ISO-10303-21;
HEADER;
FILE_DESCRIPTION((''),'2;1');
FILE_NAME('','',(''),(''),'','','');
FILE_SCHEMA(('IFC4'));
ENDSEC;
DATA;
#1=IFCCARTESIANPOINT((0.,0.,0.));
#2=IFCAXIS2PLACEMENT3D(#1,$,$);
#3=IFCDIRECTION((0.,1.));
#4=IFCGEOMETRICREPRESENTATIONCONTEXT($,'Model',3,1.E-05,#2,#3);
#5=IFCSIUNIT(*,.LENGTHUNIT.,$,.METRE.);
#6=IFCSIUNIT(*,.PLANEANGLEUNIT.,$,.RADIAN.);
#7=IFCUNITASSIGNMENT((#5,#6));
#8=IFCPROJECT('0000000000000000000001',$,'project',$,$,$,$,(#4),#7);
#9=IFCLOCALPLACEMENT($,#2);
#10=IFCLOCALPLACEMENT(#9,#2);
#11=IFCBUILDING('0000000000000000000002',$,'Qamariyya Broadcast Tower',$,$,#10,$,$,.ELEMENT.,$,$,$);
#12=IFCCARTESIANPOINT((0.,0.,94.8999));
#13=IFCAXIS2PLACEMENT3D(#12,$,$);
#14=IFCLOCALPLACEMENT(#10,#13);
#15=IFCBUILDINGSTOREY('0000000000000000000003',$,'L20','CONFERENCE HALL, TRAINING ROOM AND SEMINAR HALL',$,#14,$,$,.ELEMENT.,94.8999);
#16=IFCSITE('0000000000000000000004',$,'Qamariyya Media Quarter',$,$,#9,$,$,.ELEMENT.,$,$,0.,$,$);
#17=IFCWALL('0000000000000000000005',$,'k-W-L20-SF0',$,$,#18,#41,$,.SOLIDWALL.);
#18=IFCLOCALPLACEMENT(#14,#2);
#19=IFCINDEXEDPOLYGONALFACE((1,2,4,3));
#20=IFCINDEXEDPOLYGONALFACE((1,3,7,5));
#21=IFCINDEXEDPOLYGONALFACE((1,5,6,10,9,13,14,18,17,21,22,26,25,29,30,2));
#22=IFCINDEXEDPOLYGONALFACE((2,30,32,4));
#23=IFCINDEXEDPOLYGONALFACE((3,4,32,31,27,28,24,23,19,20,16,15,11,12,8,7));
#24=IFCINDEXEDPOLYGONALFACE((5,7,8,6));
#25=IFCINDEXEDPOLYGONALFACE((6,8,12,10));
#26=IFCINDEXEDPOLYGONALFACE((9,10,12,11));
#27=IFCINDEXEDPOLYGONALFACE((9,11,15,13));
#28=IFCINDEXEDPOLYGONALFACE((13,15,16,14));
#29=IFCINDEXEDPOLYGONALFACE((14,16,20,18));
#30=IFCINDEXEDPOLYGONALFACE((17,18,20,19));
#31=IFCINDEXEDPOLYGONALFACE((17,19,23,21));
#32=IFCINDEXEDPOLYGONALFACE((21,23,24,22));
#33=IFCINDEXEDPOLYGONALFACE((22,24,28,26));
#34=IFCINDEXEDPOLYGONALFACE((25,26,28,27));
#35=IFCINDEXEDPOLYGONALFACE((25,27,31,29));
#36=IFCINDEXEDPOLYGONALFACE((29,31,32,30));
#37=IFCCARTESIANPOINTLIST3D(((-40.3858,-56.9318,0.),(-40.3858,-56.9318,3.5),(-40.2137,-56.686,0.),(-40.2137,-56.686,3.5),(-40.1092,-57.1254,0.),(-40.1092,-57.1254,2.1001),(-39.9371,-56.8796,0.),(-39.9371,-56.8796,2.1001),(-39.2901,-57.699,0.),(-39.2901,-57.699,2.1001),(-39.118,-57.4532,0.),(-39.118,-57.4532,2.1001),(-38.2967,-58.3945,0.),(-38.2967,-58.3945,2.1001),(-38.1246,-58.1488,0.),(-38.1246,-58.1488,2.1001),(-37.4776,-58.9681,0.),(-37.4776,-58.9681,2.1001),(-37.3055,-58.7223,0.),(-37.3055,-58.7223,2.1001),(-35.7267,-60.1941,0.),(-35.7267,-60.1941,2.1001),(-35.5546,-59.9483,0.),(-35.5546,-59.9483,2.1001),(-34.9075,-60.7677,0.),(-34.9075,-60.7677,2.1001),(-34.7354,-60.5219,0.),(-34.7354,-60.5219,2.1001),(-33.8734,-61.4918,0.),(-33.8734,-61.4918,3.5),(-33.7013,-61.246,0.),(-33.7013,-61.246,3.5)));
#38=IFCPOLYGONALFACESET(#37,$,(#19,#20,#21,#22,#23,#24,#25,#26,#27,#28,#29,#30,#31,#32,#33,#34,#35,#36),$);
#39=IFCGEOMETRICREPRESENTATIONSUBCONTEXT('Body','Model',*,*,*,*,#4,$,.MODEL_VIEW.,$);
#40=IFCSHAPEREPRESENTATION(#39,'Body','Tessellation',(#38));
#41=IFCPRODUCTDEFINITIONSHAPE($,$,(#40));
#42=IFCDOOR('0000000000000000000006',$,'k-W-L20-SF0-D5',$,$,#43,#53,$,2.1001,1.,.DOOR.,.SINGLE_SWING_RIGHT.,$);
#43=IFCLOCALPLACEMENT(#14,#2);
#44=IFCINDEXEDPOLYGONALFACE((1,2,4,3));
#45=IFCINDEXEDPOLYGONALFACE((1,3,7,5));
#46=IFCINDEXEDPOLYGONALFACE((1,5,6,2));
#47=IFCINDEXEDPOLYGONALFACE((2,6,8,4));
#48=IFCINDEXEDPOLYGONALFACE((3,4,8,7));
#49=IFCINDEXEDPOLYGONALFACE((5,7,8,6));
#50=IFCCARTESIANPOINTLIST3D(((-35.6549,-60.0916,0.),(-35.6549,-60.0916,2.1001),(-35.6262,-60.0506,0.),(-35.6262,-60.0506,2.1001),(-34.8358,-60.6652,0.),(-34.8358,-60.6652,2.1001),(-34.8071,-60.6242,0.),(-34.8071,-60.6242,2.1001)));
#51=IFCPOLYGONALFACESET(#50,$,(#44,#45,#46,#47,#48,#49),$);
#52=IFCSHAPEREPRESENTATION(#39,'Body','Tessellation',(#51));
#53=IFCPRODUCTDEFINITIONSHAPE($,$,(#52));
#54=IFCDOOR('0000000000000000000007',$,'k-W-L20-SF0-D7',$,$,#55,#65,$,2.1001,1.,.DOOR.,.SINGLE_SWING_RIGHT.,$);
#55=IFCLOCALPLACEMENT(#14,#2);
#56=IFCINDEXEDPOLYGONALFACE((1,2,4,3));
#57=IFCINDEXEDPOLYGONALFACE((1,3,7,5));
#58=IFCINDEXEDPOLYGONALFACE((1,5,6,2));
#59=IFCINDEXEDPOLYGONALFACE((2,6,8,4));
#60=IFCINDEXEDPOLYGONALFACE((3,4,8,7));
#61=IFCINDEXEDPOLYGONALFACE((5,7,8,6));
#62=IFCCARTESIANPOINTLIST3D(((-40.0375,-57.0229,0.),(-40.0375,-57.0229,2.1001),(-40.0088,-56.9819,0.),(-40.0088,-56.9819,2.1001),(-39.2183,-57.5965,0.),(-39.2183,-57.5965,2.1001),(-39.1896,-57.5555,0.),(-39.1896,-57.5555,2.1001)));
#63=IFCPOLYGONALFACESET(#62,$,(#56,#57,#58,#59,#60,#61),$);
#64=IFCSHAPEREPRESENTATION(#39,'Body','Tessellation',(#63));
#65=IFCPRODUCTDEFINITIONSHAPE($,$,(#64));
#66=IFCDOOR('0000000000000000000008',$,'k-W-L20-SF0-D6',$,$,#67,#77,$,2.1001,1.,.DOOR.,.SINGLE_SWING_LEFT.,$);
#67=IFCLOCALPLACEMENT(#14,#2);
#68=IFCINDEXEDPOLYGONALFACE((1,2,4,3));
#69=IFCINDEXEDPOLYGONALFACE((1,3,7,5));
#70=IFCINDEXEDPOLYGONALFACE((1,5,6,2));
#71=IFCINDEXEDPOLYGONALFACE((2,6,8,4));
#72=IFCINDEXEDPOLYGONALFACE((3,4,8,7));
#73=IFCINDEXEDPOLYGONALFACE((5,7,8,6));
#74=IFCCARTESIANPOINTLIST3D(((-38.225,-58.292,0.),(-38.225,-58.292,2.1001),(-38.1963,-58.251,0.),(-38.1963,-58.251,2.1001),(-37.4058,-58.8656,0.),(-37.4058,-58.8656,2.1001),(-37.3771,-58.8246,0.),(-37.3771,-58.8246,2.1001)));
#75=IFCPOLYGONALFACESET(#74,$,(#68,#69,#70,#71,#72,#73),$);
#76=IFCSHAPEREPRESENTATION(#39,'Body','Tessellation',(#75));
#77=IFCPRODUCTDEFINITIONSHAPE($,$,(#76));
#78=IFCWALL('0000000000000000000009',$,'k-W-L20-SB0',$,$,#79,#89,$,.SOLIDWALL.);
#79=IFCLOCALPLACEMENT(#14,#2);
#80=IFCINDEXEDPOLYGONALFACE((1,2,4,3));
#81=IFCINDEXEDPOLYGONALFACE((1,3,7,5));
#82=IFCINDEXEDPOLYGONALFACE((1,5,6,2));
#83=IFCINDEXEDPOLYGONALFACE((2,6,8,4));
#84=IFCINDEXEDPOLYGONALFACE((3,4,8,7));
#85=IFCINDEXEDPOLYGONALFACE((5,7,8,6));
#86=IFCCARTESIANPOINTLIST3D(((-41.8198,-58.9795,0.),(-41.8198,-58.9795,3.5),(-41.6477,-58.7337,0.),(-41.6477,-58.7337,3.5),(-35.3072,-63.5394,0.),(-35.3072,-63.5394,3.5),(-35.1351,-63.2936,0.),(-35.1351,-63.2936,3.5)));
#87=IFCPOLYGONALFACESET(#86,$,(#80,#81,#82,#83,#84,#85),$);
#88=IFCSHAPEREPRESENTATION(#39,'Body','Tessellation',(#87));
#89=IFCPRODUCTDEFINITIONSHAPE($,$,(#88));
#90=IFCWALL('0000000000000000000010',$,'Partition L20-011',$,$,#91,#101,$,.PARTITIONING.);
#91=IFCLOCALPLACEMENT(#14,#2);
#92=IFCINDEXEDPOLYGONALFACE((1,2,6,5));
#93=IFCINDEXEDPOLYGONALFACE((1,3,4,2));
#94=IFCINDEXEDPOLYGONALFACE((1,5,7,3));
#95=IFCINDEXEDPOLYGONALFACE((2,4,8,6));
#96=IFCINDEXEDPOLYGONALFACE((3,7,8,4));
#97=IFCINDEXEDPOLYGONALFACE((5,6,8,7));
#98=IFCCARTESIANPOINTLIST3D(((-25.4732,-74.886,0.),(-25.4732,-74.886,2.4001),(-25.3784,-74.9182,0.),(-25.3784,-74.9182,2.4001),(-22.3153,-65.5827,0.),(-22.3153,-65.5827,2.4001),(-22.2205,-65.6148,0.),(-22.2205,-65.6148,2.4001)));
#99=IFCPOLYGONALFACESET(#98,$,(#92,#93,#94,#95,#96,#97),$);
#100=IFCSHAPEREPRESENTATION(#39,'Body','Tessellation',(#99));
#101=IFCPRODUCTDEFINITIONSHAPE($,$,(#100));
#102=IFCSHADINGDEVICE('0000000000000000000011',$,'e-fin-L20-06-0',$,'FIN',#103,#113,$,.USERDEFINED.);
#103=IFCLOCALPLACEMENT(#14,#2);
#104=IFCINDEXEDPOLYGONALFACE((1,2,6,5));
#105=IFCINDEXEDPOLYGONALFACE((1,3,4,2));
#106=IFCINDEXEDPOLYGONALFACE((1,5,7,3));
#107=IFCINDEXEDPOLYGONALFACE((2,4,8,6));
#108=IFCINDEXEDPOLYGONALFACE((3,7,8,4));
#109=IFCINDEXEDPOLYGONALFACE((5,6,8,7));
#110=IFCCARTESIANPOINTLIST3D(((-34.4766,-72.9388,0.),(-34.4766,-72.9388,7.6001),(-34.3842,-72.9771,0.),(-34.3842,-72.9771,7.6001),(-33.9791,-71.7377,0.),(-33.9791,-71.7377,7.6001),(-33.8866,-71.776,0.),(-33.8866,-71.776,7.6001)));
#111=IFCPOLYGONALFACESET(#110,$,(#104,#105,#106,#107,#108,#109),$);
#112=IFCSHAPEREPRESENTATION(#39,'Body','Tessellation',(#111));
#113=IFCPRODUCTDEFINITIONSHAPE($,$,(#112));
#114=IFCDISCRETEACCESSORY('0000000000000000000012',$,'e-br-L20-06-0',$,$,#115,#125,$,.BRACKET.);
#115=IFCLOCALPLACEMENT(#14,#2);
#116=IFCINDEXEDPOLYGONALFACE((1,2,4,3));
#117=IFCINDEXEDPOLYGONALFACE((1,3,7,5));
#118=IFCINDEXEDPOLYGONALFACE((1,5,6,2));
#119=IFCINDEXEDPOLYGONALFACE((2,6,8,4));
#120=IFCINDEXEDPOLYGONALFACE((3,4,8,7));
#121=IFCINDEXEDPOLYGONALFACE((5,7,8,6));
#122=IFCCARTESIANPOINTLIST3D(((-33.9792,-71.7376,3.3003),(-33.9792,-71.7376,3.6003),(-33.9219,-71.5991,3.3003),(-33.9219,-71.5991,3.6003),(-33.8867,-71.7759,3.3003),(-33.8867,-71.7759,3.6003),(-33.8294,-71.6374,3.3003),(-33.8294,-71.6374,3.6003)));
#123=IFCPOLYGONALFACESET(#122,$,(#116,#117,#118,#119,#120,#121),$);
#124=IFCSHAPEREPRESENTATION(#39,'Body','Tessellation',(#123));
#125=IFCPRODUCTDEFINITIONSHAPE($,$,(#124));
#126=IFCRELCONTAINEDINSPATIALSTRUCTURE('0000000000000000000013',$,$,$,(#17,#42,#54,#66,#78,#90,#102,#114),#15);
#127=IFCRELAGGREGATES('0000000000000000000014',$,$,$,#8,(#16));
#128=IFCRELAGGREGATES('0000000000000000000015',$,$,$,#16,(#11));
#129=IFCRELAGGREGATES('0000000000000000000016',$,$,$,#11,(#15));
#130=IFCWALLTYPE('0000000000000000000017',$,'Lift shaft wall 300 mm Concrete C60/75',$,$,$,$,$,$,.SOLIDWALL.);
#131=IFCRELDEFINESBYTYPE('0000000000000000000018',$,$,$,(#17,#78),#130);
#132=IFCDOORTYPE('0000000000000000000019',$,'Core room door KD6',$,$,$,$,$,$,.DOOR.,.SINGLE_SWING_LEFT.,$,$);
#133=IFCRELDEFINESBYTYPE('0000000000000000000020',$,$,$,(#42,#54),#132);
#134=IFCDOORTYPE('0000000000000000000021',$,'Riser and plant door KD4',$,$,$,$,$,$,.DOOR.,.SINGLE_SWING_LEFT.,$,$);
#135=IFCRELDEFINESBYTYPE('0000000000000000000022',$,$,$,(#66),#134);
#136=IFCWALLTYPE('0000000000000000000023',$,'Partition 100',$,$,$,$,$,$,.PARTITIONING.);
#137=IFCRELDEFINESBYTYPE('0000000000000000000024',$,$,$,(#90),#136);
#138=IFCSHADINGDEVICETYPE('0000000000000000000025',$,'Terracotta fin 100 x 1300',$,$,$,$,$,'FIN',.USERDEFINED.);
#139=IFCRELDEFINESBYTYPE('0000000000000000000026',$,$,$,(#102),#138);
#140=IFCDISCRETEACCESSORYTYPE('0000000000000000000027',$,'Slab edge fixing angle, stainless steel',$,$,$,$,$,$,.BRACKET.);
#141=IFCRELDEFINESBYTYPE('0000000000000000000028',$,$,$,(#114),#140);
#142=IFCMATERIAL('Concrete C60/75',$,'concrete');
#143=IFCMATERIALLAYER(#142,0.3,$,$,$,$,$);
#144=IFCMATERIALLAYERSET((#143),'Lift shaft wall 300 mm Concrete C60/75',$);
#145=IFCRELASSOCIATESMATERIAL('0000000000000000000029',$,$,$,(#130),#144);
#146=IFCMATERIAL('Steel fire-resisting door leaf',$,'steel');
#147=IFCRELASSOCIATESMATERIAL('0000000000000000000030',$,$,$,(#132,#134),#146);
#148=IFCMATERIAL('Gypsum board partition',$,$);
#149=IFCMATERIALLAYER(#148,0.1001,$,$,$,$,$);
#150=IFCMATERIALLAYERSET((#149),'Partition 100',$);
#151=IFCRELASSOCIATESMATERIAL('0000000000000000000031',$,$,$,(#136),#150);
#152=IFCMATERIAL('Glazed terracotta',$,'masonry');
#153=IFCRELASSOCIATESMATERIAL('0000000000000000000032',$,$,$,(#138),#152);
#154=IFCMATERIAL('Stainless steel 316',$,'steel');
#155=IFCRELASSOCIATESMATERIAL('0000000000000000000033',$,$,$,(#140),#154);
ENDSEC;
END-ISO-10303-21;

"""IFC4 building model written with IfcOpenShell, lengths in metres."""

from ifc_helpers import new_model, si_unit, direction, frame, frame_2d, origin, origin_2d, place, context, subcontext, project, spatial, rectangle, extrude, material, layer, layer_set, material_profile, profile_set, type_object, element, fill, save


model = new_model("IFC4")

# Units and contexts
model_context = context("Model", 3, precision=1e-05, world=origin(), true_north=direction((0.0, 1.0)))
body_context = subcontext(model_context, "Body", "Model", "MODEL_VIEW")
ifc_project = project(units=[si_unit("LENGTHUNIT", "METRE"), si_unit("PLANEANGLEUNIT", "RADIAN")], contexts=[model_context])

# Site, building, storey
site_placement = place(None, origin())
site = spatial("IfcSite", under=ifc_project, at=site_placement, Name="Qamariyya Media Quarter", CompositionType="ELEMENT", RefElevation=0.0)
building_placement = place(site_placement, origin())
building = spatial("IfcBuilding", under=site, at=building_placement, Name="Qamariyya Broadcast Tower", CompositionType="ELEMENT")
storey_placement = place(building_placement, frame((0.0, 0.0, 94.8999)))
storey = spatial("IfcBuildingStorey", under=building, at=storey_placement, Name="L20", Description="CONFERENCE HALL, TRAINING ROOM AND SEMINAR HALL", CompositionType="ELEMENT", Elevation=94.8999)

# Shared definitions
ifc_material_1 = material(Name="Gypsum board partition")

# Shared definitions
ifc_material_2 = material(Name="Concrete C60/75", Category="concrete")
ifc_layer_1 = layer(ifc_material_2, 0.3)
ifc_layer_set_1 = layer_set([ifc_layer_1], Name="Lift shaft wall 300 mm Concrete C60/75")
wall_type_1 = type_object("IfcWallType", Name="Lift shaft wall 300 mm Concrete C60/75", PredefinedType="SOLIDWALL", material=ifc_layer_set_1)
ifc_material_3 = material(Name="Steel fire-resisting door leaf", Category="steel")

# Wall, openings, doors
wall_1_placement = place(storey_placement, frame((-33.7874, -61.3689, 0.0), z_axis=(0.0, 0.0, 1.0), x_axis=(-0.819153, 0.573576, 0.0)))
wall_1 = element("IfcWall", 1, at=wall_1_placement, inside=storey, type_object=wall_type_1, Name="k-W-L20-SF0", PredefinedType="SOLIDWALL", context=body_context, shape_type="SweptSolid", body=[
    extrude(rectangle(XDim=7.9502, YDim=0.3, at=frame_2d((3.9751, 0.0))), origin(), (0.0, 0.0, 1.0), 3.5),
])
opening_1_placement = place(wall_1_placement, frame((1.2625, 0.0, 0.0)))
opening_1 = element("IfcOpeningElement", 2, at=opening_1_placement, cuts=wall_1, PredefinedType="OPENING", context=body_context, shape_type="SweptSolid", body=[
    extrude(rectangle(XDim=1.0, YDim=2.1001, at=frame_2d((0.5, 1.05))), frame((0.0, 0.1599, 0.0), z_axis=(0.0, -1.0, 0.0), x_axis=(1.0, 0.0, 0.0)), (0.0, 0.0, 1.0), 0.3201),
])
opening_2_placement = place(wall_1_placement, frame((4.3999, 0.0, 0.0)))
opening_2 = element("IfcOpeningElement", 3, at=opening_2_placement, cuts=wall_1, PredefinedType="OPENING", context=body_context, shape_type="SweptSolid", body=[
    extrude(rectangle(XDim=1.0, YDim=2.1001, at=frame_2d((0.5, 1.05))), frame((0.0, 0.1599, 0.0), z_axis=(0.0, -1.0, 0.0), x_axis=(1.0, 0.0, 0.0)), (0.0, 0.0, 1.0), 0.3201),
])
opening_3_placement = place(wall_1_placement, frame((6.6125, 0.0, 0.0)))
opening_3 = element("IfcOpeningElement", 4, at=opening_3_placement, cuts=wall_1, PredefinedType="OPENING", context=body_context, shape_type="SweptSolid", body=[
    extrude(rectangle(XDim=1.0, YDim=2.1001, at=frame_2d((0.5, 1.05))), frame((0.0, 0.1599, 0.0), z_axis=(0.0, -1.0, 0.0), x_axis=(1.0, 0.0, 0.0)), (0.0, 0.0, 1.0), 0.3201),
])
door_type_1 = type_object("IfcDoorType", Name="Core room door KD6", OperationType="SINGLE_SWING_LEFT", PredefinedType="DOOR", material=ifc_material_3)
door_1_placement = place(opening_1_placement, origin())
door_1 = element("IfcDoor", 5, at=door_1_placement, inside=storey, type_object=door_type_1, Name="k-W-L20-SF0-D5", OperationType="SINGLE_SWING_RIGHT", OverallHeight=2.1001, OverallWidth=1.0, PredefinedType="DOOR", context=body_context, shape_type="SweptSolid", body=[
    extrude(rectangle(XDim=1.0, YDim=2.1001, at=frame_2d((0.5, 1.05))), frame((0.0, 0.0249, 0.0), z_axis=(0.0, -1.0, 0.0), x_axis=(1.0, 0.0, 0.0)), (0.0, 0.0, 1.0), 0.05),
])
fill(opening_1, door_1)
door_2_placement = place(opening_3_placement, origin())
door_2 = element("IfcDoor", 6, at=door_2_placement, inside=storey, type_object=door_type_1, Name="k-W-L20-SF0-D7", OperationType="SINGLE_SWING_RIGHT", OverallHeight=2.1001, OverallWidth=1.0, PredefinedType="DOOR", context=body_context, shape_type="SweptSolid", body=[
    extrude(rectangle(XDim=1.0, YDim=2.1001, at=frame_2d((0.5, 1.05))), frame((0.0, 0.0249, 0.0), z_axis=(0.0, -1.0, 0.0), x_axis=(1.0, 0.0, 0.0)), (0.0, 0.0, 1.0), 0.05),
])
fill(opening_3, door_2)
door_type_2 = type_object("IfcDoorType", Name="Riser and plant door KD4", OperationType="SINGLE_SWING_LEFT", PredefinedType="DOOR", material=ifc_material_3)
door_3_placement = place(opening_2_placement, origin())
door_3 = element("IfcDoor", 7, at=door_3_placement, inside=storey, type_object=door_type_2, Name="k-W-L20-SF0-D6", OperationType="SINGLE_SWING_LEFT", OverallHeight=2.1001, OverallWidth=1.0, PredefinedType="DOOR", context=body_context, shape_type="SweptSolid", body=[
    extrude(rectangle(XDim=1.0, YDim=2.1001, at=frame_2d((0.5, 1.05))), frame((0.0, 0.0249, 0.0), z_axis=(0.0, -1.0, 0.0), x_axis=(1.0, 0.0, 0.0)), (0.0, 0.0, 1.0), 0.05),
])
fill(opening_2, door_3)

# Walls
wall_2_placement = place(storey_placement, frame((-35.2212, -63.4165, 0.0), z_axis=(0.0, 0.0, 1.0), x_axis=(-0.819167, 0.573555, 0.0)))
element("IfcWall", 8, at=wall_2_placement, inside=storey, type_object=wall_type_1, Name="k-W-L20-SB0", PredefinedType="SOLIDWALL", context=body_context, shape_type="SweptSolid", body=[
    extrude(rectangle(XDim=7.9502, YDim=0.3, at=frame_2d((3.9751, 0.0))), origin(), (0.0, 0.0, 1.0), 3.5),
])
ifc_layer_2 = layer(ifc_material_1, 0.1001)
ifc_layer_set_2 = layer_set([ifc_layer_2], Name="Partition 100")
wall_type_2 = type_object("IfcWallType", Name="Partition 100", PredefinedType="PARTITIONING", material=ifc_layer_set_2)
wall_3_placement = place(storey_placement, frame((-25.4258, -74.9021, 0.0), z_axis=(0.0, 0.0, 1.0), x_axis=(0.321426, 0.946935, 0.0)))
element("IfcWall", 9, at=wall_3_placement, inside=storey, type_object=wall_type_2, Name="Partition L20-011", PredefinedType="PARTITIONING", context=body_context, shape_type="SweptSolid", body=[
    extrude(rectangle(XDim=9.8247, YDim=0.1001, at=frame_2d((4.9124, 0.0))), origin(), (0.0, 0.0, 1.0), 2.4001),
])

# Shading device
ifc_material_4 = material(Name="Glazed terracotta", Category="masonry")
ifc_material_profile_1 = material_profile(ifc_material_4, rectangle(XDim=1.3, YDim=0.1001, at=origin_2d()))
ifc_profile_set_1 = profile_set([ifc_material_profile_1], Name="Glazed terracotta")
shading_device_type = type_object("IfcShadingDeviceType", Name="Terracotta fin 100 x 1300", ElementType="FIN", PredefinedType="USERDEFINED", material=ifc_profile_set_1)
shading_device_placement = place(storey_placement, frame((-34.1816, -72.3574, 0.0), z_axis=(0.0, 0.0, 1.0), x_axis=(-0.382683, -0.92388, 0.0)))
element("IfcShadingDevice", 10, at=shading_device_placement, inside=storey, type_object=shading_device_type, Name="e-fin-L20-06-0", ObjectType="FIN", PredefinedType="USERDEFINED", context=body_context, shape_type="SweptSolid", body=[
    extrude(rectangle(XDim=1.3, YDim=0.1001, at=origin_2d()), origin(), (0.0, 0.0, 1.0), 7.6001),
])

# Discrete accessory
ifc_material_5 = material(Name="Stainless steel 316", Category="steel")
discrete_accessory_type = type_object("IfcDiscreteAccessoryType", Name="Slab edge fixing angle, stainless steel", PredefinedType="BRACKET", material=ifc_material_5)
discrete_accessory_placement = place(storey_placement, frame((-33.9043, -71.6875, 3.3003), z_axis=(0.0, 0.0, 1.0), x_axis=(0.92388, -0.382683, 0.0)))
element("IfcDiscreteAccessory", 11, at=discrete_accessory_placement, inside=storey, type_object=discrete_accessory_type, Name="e-br-L20-06-0", PredefinedType="BRACKET", context=body_context, shape_type="SweptSolid", body=[
    extrude(rectangle(XDim=0.1001, YDim=0.1499, at=origin_2d()), origin(), (0.0, 0.0, 1.0), 0.3),
])

save(model, "model.ifc")
